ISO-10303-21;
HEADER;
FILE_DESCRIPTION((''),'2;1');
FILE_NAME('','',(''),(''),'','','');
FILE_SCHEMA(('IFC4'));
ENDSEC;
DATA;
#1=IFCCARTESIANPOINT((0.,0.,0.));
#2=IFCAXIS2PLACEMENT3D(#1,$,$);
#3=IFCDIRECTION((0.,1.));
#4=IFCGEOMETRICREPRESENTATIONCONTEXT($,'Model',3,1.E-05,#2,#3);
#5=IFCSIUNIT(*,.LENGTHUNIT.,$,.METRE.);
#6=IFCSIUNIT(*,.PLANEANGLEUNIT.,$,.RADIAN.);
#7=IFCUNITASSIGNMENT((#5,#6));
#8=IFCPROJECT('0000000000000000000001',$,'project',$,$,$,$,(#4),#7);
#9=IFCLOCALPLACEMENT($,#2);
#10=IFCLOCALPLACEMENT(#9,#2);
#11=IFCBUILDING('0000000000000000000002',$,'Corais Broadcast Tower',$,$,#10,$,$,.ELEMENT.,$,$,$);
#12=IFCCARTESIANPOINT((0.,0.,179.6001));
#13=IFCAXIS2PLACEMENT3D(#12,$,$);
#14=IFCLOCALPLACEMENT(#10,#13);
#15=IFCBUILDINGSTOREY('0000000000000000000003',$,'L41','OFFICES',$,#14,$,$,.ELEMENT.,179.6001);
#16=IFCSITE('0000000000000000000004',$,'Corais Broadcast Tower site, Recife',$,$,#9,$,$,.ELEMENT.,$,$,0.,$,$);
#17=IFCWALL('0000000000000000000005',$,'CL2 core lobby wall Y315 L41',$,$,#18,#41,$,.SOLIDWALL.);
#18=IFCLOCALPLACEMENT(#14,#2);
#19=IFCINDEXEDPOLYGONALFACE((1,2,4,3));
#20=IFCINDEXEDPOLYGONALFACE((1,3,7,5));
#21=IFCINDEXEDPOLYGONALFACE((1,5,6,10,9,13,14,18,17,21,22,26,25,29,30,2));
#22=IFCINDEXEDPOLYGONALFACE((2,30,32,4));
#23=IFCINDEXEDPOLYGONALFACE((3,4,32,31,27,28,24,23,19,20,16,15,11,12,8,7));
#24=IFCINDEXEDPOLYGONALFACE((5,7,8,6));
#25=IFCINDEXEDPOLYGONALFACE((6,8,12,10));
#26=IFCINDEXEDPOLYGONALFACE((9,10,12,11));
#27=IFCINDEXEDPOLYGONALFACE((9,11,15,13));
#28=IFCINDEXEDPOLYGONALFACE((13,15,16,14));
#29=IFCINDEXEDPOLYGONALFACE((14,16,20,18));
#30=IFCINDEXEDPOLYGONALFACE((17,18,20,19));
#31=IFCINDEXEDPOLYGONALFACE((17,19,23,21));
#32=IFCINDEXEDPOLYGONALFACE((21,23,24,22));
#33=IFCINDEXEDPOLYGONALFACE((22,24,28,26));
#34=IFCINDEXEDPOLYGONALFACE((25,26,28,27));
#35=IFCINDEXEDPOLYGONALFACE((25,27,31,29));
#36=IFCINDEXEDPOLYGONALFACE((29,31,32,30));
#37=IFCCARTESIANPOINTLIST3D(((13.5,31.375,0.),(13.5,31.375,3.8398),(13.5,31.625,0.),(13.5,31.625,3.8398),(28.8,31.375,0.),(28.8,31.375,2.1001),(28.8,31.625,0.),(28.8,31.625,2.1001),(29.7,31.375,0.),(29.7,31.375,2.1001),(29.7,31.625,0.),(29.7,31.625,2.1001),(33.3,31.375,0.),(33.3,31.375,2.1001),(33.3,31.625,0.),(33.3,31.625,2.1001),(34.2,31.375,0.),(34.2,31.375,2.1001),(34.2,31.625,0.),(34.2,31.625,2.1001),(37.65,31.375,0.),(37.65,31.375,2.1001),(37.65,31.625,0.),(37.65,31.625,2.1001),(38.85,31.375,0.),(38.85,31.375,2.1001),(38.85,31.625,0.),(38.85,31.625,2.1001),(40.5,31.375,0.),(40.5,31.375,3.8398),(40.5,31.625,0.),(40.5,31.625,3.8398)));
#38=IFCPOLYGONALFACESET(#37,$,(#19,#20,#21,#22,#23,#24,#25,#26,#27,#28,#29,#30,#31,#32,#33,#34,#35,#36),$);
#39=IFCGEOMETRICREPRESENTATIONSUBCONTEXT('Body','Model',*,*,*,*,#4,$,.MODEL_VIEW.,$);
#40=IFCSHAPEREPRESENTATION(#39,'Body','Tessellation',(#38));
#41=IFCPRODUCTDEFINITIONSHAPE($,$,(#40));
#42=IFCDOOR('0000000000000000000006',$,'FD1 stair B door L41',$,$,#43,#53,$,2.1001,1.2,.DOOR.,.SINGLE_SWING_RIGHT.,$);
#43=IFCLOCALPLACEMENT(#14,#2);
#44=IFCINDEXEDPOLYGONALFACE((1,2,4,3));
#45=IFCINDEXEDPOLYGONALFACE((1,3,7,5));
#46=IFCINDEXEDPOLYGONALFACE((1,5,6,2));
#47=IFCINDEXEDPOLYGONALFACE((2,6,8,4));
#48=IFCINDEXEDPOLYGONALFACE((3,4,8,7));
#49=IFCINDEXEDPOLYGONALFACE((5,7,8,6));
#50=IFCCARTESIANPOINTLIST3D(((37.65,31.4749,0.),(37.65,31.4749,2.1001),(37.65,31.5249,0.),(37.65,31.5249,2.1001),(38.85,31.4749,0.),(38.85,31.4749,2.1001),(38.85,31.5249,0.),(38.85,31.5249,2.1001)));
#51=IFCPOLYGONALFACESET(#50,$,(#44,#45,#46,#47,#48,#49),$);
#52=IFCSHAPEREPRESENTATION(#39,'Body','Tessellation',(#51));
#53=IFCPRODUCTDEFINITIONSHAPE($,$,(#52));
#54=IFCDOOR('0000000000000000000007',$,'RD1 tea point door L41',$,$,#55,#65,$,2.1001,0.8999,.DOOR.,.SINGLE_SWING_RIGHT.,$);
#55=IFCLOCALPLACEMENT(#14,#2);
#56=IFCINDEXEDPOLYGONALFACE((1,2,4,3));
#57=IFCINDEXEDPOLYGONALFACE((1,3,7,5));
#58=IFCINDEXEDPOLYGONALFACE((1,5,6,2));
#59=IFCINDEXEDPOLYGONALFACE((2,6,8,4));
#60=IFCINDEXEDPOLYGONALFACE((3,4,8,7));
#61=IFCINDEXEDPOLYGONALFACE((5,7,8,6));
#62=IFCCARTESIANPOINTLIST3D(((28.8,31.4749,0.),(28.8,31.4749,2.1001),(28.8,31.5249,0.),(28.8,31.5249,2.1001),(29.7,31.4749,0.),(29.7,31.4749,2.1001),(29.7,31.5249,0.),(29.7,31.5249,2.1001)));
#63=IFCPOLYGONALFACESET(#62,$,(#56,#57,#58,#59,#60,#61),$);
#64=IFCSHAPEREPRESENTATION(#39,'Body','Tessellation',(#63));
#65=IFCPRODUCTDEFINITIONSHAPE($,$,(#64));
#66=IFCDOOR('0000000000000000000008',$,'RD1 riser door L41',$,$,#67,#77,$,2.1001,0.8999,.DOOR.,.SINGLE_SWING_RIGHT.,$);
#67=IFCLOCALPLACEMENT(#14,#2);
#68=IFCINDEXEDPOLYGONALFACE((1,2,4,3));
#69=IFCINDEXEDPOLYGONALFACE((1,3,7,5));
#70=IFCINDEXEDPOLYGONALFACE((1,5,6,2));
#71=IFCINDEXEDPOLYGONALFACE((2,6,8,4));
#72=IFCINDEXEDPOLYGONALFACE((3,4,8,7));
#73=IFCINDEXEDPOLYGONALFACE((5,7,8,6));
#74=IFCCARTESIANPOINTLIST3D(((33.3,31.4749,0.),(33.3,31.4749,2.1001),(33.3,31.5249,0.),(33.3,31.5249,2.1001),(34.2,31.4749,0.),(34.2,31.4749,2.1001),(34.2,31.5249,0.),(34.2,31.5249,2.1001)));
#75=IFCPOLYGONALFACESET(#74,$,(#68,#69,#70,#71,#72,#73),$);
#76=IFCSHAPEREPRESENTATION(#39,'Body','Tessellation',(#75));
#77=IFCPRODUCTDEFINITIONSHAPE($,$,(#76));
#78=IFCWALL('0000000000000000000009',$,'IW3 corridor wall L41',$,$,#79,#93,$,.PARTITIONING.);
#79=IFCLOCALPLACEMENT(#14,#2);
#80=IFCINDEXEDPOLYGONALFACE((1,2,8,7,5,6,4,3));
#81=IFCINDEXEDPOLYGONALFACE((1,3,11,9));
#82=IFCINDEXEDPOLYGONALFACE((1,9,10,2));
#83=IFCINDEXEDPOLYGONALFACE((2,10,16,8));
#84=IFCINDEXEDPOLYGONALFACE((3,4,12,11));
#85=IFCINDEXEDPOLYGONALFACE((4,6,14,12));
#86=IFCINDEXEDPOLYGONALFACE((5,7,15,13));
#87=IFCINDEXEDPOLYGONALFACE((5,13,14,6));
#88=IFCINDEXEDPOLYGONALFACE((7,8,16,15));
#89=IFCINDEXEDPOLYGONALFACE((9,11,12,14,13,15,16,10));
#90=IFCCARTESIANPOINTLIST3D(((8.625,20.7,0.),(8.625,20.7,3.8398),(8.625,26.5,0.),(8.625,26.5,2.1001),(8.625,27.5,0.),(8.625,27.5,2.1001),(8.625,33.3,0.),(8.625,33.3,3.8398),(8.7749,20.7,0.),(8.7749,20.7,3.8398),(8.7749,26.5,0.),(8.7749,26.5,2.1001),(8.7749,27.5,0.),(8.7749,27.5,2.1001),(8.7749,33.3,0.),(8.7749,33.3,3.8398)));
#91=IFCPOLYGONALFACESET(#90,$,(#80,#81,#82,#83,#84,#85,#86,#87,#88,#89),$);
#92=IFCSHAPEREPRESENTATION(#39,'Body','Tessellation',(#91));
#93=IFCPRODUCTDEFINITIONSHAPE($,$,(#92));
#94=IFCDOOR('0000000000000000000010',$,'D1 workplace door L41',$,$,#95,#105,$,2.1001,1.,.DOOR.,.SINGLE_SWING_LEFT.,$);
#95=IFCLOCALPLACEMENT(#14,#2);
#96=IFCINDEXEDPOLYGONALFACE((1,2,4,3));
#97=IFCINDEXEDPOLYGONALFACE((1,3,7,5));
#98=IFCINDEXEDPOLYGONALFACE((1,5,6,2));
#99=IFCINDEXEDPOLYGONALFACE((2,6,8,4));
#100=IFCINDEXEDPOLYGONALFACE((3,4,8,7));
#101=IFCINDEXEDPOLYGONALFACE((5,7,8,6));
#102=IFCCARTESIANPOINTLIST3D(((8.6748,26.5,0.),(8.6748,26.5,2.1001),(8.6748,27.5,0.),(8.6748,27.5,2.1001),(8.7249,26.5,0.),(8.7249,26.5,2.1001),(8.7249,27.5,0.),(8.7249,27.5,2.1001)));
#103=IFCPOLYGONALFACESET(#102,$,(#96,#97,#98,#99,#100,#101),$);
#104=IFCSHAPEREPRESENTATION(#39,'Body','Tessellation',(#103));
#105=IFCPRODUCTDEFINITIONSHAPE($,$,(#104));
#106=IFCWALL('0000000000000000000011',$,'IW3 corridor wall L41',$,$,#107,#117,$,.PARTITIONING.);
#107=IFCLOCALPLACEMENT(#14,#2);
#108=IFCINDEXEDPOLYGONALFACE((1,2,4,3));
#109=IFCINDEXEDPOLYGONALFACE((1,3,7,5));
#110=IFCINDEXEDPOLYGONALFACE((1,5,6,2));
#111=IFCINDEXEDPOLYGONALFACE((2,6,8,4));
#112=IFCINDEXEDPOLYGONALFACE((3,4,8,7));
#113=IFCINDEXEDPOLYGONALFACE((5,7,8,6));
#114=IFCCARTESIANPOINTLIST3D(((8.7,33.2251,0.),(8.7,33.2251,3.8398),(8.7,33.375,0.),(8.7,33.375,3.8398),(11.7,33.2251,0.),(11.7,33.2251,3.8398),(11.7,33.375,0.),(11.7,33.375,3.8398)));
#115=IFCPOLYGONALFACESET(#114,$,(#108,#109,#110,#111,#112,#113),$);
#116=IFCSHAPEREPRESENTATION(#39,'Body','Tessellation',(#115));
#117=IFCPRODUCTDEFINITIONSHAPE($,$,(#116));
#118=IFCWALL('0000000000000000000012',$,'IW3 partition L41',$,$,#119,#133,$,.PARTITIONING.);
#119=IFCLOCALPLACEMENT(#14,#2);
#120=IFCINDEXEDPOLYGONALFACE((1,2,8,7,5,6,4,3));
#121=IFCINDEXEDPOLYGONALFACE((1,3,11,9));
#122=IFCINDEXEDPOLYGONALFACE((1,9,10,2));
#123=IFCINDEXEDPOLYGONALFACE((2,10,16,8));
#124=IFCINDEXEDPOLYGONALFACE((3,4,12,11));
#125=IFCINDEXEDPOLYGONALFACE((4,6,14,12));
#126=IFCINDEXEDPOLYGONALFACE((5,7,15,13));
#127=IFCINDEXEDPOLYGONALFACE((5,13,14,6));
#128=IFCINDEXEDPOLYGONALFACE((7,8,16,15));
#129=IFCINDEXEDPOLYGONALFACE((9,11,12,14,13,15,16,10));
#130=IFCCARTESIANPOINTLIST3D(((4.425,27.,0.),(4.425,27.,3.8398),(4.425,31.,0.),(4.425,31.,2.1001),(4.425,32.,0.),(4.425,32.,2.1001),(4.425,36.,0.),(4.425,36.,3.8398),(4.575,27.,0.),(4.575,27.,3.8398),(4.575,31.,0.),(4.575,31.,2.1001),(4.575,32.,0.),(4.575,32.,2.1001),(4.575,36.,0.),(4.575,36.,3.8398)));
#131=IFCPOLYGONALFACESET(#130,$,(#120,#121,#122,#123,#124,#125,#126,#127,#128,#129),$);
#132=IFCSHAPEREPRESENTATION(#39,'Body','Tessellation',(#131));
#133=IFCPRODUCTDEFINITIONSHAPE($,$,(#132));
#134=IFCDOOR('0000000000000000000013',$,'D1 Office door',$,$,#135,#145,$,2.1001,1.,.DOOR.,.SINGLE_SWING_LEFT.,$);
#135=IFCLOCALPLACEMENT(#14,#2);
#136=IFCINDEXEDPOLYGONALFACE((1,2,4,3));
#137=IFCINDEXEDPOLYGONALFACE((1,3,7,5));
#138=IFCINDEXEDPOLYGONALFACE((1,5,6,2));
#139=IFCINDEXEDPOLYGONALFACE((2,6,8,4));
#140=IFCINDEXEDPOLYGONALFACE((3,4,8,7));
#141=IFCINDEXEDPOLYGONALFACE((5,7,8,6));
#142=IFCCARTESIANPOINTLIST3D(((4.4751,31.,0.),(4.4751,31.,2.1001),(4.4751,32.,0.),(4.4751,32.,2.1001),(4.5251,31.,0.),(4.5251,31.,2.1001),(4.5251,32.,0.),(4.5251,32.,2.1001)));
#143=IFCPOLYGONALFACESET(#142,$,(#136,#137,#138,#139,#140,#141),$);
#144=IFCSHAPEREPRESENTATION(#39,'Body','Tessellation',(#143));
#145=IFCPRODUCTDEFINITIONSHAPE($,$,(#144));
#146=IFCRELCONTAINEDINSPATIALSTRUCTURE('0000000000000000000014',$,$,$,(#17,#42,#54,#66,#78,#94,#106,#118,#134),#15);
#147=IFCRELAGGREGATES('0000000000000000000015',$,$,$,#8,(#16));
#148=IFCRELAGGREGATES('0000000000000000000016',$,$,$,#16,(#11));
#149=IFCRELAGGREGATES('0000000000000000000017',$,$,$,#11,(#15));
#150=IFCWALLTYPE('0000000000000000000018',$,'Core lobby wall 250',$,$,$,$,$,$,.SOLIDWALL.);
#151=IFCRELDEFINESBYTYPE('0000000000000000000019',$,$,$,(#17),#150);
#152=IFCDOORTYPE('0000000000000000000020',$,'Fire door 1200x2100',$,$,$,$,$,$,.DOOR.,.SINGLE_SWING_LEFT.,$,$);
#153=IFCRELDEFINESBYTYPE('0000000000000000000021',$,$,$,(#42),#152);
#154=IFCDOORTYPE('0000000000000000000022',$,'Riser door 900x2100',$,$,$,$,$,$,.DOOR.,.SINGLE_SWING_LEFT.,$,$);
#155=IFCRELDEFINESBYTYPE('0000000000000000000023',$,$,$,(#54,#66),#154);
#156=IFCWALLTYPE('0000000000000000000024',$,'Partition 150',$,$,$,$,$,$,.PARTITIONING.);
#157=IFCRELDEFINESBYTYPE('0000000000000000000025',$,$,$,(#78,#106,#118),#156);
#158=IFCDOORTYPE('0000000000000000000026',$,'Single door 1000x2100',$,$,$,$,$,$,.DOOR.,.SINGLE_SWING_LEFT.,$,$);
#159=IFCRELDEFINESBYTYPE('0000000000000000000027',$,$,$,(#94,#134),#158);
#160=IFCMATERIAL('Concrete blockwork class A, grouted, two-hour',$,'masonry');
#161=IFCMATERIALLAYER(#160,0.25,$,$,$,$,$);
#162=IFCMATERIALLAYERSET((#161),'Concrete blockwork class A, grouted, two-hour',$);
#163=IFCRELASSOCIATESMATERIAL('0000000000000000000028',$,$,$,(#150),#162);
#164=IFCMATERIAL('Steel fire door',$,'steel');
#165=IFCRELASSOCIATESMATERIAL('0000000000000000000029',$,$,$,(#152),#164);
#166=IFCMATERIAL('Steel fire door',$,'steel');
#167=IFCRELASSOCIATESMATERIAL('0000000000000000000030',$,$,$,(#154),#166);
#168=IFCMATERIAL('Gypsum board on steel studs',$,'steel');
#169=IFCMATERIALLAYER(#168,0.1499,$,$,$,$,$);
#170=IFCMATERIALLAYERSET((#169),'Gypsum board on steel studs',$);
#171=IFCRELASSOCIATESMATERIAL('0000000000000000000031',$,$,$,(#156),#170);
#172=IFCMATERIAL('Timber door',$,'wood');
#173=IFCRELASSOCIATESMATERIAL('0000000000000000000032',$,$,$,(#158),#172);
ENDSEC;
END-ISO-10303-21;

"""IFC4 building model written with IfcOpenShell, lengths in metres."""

from ifc_helpers import new_model, si_unit, direction, frame, frame_2d, origin, place, context, subcontext, project, spatial, rectangle, extrude, material, layer, layer_set, type_object, element, fill, save


model = new_model("IFC4")

# Units and contexts
model_context = context("Model", 3, precision=1e-05, world=origin(), true_north=direction((0.0, 1.0)))
body_context = subcontext(model_context, "Body", "Model", "MODEL_VIEW")
ifc_project = project(units=[si_unit("LENGTHUNIT", "METRE"), si_unit("PLANEANGLEUNIT", "RADIAN")], contexts=[model_context])

# Site, building, storey
site_placement = place(None, origin())
site = spatial("IfcSite", under=ifc_project, at=site_placement, Name="Corais Broadcast Tower site, Recife", CompositionType="ELEMENT", RefElevation=0.0)
building_placement = place(site_placement, origin())
building = spatial("IfcBuilding", under=site, at=building_placement, Name="Corais Broadcast Tower", CompositionType="ELEMENT")
storey_placement = place(building_placement, frame((0.0, 0.0, 179.6001)))
storey = spatial("IfcBuildingStorey", under=building, at=storey_placement, Name="L41", Description="OFFICES", CompositionType="ELEMENT", Elevation=179.6001)

# Wall, openings, doors
ifc_material_1 = material(Name="Concrete blockwork class A, grouted, two-hour", Category="masonry")
ifc_layer_1 = layer(ifc_material_1, 0.25)
ifc_layer_set_1 = layer_set([ifc_layer_1], Name="Concrete blockwork class A, grouted, two-hour")
wall_type_1 = type_object("IfcWallType", Name="Core lobby wall 250", PredefinedType="SOLIDWALL", material=ifc_layer_set_1)
wall_1_placement = place(storey_placement, frame((13.5, 31.5, 0.0), z_axis=(0.0, 0.0, 1.0), x_axis=(1.0, 0.0, 0.0)))
wall_1 = element("IfcWall", 1, at=wall_1_placement, inside=storey, type_object=wall_type_1, Name="CL2 core lobby wall Y315 L41", PredefinedType="SOLIDWALL", context=body_context, shape_type="SweptSolid", body=[
    extrude(rectangle(XDim=27.0, YDim=0.25, at=frame_2d((13.5, 0.0))), origin(), (0.0, 0.0, 1.0), 3.8398),
])
opening_1_placement = place(wall_1_placement, frame((24.1499, 0.0, 0.0)))
opening_1 = element("IfcOpeningElement", 2, at=opening_1_placement, cuts=wall_1, PredefinedType="OPENING", context=body_context, shape_type="SweptSolid", body=[
    extrude(rectangle(XDim=1.2, YDim=2.1001, at=frame_2d((0.6001, 1.05))), frame((0.0, 0.135, 0.0), z_axis=(0.0, -1.0, 0.0), x_axis=(1.0, 0.0, 0.0)), (0.0, 0.0, 1.0), 0.27),
])
opening_2_placement = place(wall_1_placement, frame((15.3, 0.0, 0.0)))
opening_2 = element("IfcOpeningElement", 3, at=opening_2_placement, cuts=wall_1, PredefinedType="OPENING", context=body_context, shape_type="SweptSolid", body=[
    extrude(rectangle(XDim=0.8999, YDim=2.1001, at=frame_2d((0.45, 1.05))), frame((0.0, 0.135, 0.0), z_axis=(0.0, -1.0, 0.0), x_axis=(1.0, 0.0, 0.0)), (0.0, 0.0, 1.0), 0.27),
])
opening_3_placement = place(wall_1_placement, frame((19.8, 0.0, 0.0)))
opening_3 = element("IfcOpeningElement", 4, at=opening_3_placement, cuts=wall_1, PredefinedType="OPENING", context=body_context, shape_type="SweptSolid", body=[
    extrude(rectangle(XDim=0.8999, YDim=2.1001, at=frame_2d((0.45, 1.05))), frame((0.0, 0.135, 0.0), z_axis=(0.0, -1.0, 0.0), x_axis=(1.0, 0.0, 0.0)), (0.0, 0.0, 1.0), 0.27),
])
ifc_material_2 = material(Name="Steel fire door", Category="steel")
door_type_1 = type_object("IfcDoorType", Name="Fire door 1200x2100", OperationType="SINGLE_SWING_LEFT", PredefinedType="DOOR", material=ifc_material_2)
door_1_placement = place(opening_1_placement, origin())
door_1 = element("IfcDoor", 5, at=door_1_placement, inside=storey, type_object=door_type_1, Name="FD1 stair B door L41", OperationType="SINGLE_SWING_RIGHT", OverallHeight=2.1001, OverallWidth=1.2, PredefinedType="DOOR", context=body_context, shape_type="SweptSolid", body=[
    extrude(rectangle(XDim=1.2, YDim=2.1001, at=frame_2d((0.6001, 1.05))), frame((0.0, 0.0249, 0.0), z_axis=(0.0, -1.0, 0.0), x_axis=(1.0, 0.0, 0.0)), (0.0, 0.0, 1.0), 0.05),
])
fill(opening_1, door_1)
ifc_material_3 = material(Name="Steel fire door", Category="steel")
door_type_2 = type_object("IfcDoorType", Name="Riser door 900x2100", OperationType="SINGLE_SWING_LEFT", PredefinedType="DOOR", material=ifc_material_3)
door_2_placement = place(opening_2_placement, origin())
door_2 = element("IfcDoor", 6, at=door_2_placement, inside=storey, type_object=door_type_2, Name="RD1 tea point door L41", OperationType="SINGLE_SWING_RIGHT", OverallHeight=2.1001, OverallWidth=0.8999, PredefinedType="DOOR", context=body_context, shape_type="SweptSolid", body=[
    extrude(rectangle(XDim=0.8999, YDim=2.1001, at=frame_2d((0.45, 1.05))), frame((0.0, 0.0249, 0.0), z_axis=(0.0, -1.0, 0.0), x_axis=(1.0, 0.0, 0.0)), (0.0, 0.0, 1.0), 0.05),
])
fill(opening_2, door_2)
door_3_placement = place(opening_3_placement, origin())
door_3 = element("IfcDoor", 7, at=door_3_placement, inside=storey, type_object=door_type_2, Name="RD1 riser door L41", OperationType="SINGLE_SWING_RIGHT", OverallHeight=2.1001, OverallWidth=0.8999, PredefinedType="DOOR", context=body_context, shape_type="SweptSolid", body=[
    extrude(rectangle(XDim=0.8999, YDim=2.1001, at=frame_2d((0.45, 1.05))), frame((0.0, 0.0249, 0.0), z_axis=(0.0, -1.0, 0.0), x_axis=(1.0, 0.0, 0.0)), (0.0, 0.0, 1.0), 0.05),
])
fill(opening_3, door_3)

# Wall, opening, door
ifc_material_4 = material(Name="Gypsum board on steel studs", Category="steel")
ifc_layer_2 = layer(ifc_material_4, 0.1499)
ifc_layer_set_2 = layer_set([ifc_layer_2], Name="Gypsum board on steel studs")
wall_type_2 = type_object("IfcWallType", Name="Partition 150", PredefinedType="PARTITIONING", material=ifc_layer_set_2)
wall_2_placement = place(storey_placement, frame((8.7, 33.3, 0.0), z_axis=(0.0, 0.0, 1.0), x_axis=(0.0, -1.0, 0.0)))
wall_2 = element("IfcWall", 8, at=wall_2_placement, inside=storey, type_object=wall_type_2, Name="IW3 corridor wall L41", PredefinedType="PARTITIONING", context=body_context, shape_type="SweptSolid", body=[
    extrude(rectangle(XDim=12.6001, YDim=0.1499, at=frame_2d((6.3, 0.0))), origin(), (0.0, 0.0, 1.0), 3.8398),
])
opening_4_placement = place(wall_2_placement, frame((5.8, 0.0, 0.0)))
opening_4 = element("IfcOpeningElement", 9, at=opening_4_placement, cuts=wall_2, PredefinedType="OPENING", context=body_context, shape_type="SweptSolid", body=[
    extrude(rectangle(XDim=1.0, YDim=2.1001, at=frame_2d((0.5, 1.05))), frame((0.0, 0.085, 0.0), z_axis=(0.0, -1.0, 0.0), x_axis=(1.0, 0.0, 0.0)), (0.0, 0.0, 1.0), 0.1699),
])
ifc_material_5 = material(Name="Timber door", Category="wood")
door_type_3 = type_object("IfcDoorType", Name="Single door 1000x2100", OperationType="SINGLE_SWING_LEFT", PredefinedType="DOOR", material=ifc_material_5)
door_4_placement = place(opening_4_placement, origin())
door_4 = element("IfcDoor", 10, at=door_4_placement, inside=storey, type_object=door_type_3, Name="D1 workplace door L41", OperationType="SINGLE_SWING_LEFT", OverallHeight=2.1001, OverallWidth=1.0, PredefinedType="DOOR", context=body_context, shape_type="SweptSolid", body=[
    extrude(rectangle(XDim=1.0, YDim=2.1001, at=frame_2d((0.5, 1.05))), frame((0.0, 0.0249, 0.0), z_axis=(0.0, -1.0, 0.0), x_axis=(1.0, 0.0, 0.0)), (0.0, 0.0, 1.0), 0.05),
])
fill(opening_4, door_4)

# Wall
wall_3_placement = place(storey_placement, frame((11.7, 33.3, 0.0), z_axis=(0.0, 0.0, 1.0), x_axis=(-1.0, 0.0, 0.0)))
element("IfcWall", 11, at=wall_3_placement, inside=storey, type_object=wall_type_2, Name="IW3 corridor wall L41", PredefinedType="PARTITIONING", context=body_context, shape_type="SweptSolid", body=[
    extrude(rectangle(XDim=3.0, YDim=0.1499, at=frame_2d((1.5, 0.0))), origin(), (0.0, 0.0, 1.0), 3.8398),
])

# Wall, opening, door
wall_4_placement = place(storey_placement, frame((4.5, 27.0, 0.0), z_axis=(0.0, 0.0, 1.0), x_axis=(0.0, 1.0, 0.0)))
wall_4 = element("IfcWall", 12, at=wall_4_placement, inside=storey, type_object=wall_type_2, Name="IW3 partition L41", PredefinedType="PARTITIONING", context=body_context, shape_type="SweptSolid", body=[
    extrude(rectangle(XDim=9.0, YDim=0.1499, at=frame_2d((4.5, 0.0))), origin(), (0.0, 0.0, 1.0), 3.8398),
])
opening_5_placement = place(wall_4_placement, frame((4.0, 0.0, 0.0)))
opening_5 = element("IfcOpeningElement", 13, at=opening_5_placement, cuts=wall_4, PredefinedType="OPENING", context=body_context, shape_type="SweptSolid", body=[
    extrude(rectangle(XDim=1.0, YDim=2.1001, at=frame_2d((0.5, 1.05))), frame((0.0, 0.085, 0.0), z_axis=(0.0, -1.0, 0.0), x_axis=(1.0, 0.0, 0.0)), (0.0, 0.0, 1.0), 0.1699),
])
door_5_placement = place(opening_5_placement, origin())
door_5 = element("IfcDoor", 14, at=door_5_placement, inside=storey, type_object=door_type_3, Name="D1 Office door", OperationType="SINGLE_SWING_LEFT", OverallHeight=2.1001, OverallWidth=1.0, PredefinedType="DOOR", context=body_context, shape_type="SweptSolid", body=[
    extrude(rectangle(XDim=1.0, YDim=2.1001, at=frame_2d((0.5, 1.05))), frame((0.0, 0.0249, 0.0), z_axis=(0.0, -1.0, 0.0), x_axis=(1.0, 0.0, 0.0)), (0.0, 0.0, 1.0), 0.05),
])
fill(opening_5, door_5)

save(model, "model.ifc")
